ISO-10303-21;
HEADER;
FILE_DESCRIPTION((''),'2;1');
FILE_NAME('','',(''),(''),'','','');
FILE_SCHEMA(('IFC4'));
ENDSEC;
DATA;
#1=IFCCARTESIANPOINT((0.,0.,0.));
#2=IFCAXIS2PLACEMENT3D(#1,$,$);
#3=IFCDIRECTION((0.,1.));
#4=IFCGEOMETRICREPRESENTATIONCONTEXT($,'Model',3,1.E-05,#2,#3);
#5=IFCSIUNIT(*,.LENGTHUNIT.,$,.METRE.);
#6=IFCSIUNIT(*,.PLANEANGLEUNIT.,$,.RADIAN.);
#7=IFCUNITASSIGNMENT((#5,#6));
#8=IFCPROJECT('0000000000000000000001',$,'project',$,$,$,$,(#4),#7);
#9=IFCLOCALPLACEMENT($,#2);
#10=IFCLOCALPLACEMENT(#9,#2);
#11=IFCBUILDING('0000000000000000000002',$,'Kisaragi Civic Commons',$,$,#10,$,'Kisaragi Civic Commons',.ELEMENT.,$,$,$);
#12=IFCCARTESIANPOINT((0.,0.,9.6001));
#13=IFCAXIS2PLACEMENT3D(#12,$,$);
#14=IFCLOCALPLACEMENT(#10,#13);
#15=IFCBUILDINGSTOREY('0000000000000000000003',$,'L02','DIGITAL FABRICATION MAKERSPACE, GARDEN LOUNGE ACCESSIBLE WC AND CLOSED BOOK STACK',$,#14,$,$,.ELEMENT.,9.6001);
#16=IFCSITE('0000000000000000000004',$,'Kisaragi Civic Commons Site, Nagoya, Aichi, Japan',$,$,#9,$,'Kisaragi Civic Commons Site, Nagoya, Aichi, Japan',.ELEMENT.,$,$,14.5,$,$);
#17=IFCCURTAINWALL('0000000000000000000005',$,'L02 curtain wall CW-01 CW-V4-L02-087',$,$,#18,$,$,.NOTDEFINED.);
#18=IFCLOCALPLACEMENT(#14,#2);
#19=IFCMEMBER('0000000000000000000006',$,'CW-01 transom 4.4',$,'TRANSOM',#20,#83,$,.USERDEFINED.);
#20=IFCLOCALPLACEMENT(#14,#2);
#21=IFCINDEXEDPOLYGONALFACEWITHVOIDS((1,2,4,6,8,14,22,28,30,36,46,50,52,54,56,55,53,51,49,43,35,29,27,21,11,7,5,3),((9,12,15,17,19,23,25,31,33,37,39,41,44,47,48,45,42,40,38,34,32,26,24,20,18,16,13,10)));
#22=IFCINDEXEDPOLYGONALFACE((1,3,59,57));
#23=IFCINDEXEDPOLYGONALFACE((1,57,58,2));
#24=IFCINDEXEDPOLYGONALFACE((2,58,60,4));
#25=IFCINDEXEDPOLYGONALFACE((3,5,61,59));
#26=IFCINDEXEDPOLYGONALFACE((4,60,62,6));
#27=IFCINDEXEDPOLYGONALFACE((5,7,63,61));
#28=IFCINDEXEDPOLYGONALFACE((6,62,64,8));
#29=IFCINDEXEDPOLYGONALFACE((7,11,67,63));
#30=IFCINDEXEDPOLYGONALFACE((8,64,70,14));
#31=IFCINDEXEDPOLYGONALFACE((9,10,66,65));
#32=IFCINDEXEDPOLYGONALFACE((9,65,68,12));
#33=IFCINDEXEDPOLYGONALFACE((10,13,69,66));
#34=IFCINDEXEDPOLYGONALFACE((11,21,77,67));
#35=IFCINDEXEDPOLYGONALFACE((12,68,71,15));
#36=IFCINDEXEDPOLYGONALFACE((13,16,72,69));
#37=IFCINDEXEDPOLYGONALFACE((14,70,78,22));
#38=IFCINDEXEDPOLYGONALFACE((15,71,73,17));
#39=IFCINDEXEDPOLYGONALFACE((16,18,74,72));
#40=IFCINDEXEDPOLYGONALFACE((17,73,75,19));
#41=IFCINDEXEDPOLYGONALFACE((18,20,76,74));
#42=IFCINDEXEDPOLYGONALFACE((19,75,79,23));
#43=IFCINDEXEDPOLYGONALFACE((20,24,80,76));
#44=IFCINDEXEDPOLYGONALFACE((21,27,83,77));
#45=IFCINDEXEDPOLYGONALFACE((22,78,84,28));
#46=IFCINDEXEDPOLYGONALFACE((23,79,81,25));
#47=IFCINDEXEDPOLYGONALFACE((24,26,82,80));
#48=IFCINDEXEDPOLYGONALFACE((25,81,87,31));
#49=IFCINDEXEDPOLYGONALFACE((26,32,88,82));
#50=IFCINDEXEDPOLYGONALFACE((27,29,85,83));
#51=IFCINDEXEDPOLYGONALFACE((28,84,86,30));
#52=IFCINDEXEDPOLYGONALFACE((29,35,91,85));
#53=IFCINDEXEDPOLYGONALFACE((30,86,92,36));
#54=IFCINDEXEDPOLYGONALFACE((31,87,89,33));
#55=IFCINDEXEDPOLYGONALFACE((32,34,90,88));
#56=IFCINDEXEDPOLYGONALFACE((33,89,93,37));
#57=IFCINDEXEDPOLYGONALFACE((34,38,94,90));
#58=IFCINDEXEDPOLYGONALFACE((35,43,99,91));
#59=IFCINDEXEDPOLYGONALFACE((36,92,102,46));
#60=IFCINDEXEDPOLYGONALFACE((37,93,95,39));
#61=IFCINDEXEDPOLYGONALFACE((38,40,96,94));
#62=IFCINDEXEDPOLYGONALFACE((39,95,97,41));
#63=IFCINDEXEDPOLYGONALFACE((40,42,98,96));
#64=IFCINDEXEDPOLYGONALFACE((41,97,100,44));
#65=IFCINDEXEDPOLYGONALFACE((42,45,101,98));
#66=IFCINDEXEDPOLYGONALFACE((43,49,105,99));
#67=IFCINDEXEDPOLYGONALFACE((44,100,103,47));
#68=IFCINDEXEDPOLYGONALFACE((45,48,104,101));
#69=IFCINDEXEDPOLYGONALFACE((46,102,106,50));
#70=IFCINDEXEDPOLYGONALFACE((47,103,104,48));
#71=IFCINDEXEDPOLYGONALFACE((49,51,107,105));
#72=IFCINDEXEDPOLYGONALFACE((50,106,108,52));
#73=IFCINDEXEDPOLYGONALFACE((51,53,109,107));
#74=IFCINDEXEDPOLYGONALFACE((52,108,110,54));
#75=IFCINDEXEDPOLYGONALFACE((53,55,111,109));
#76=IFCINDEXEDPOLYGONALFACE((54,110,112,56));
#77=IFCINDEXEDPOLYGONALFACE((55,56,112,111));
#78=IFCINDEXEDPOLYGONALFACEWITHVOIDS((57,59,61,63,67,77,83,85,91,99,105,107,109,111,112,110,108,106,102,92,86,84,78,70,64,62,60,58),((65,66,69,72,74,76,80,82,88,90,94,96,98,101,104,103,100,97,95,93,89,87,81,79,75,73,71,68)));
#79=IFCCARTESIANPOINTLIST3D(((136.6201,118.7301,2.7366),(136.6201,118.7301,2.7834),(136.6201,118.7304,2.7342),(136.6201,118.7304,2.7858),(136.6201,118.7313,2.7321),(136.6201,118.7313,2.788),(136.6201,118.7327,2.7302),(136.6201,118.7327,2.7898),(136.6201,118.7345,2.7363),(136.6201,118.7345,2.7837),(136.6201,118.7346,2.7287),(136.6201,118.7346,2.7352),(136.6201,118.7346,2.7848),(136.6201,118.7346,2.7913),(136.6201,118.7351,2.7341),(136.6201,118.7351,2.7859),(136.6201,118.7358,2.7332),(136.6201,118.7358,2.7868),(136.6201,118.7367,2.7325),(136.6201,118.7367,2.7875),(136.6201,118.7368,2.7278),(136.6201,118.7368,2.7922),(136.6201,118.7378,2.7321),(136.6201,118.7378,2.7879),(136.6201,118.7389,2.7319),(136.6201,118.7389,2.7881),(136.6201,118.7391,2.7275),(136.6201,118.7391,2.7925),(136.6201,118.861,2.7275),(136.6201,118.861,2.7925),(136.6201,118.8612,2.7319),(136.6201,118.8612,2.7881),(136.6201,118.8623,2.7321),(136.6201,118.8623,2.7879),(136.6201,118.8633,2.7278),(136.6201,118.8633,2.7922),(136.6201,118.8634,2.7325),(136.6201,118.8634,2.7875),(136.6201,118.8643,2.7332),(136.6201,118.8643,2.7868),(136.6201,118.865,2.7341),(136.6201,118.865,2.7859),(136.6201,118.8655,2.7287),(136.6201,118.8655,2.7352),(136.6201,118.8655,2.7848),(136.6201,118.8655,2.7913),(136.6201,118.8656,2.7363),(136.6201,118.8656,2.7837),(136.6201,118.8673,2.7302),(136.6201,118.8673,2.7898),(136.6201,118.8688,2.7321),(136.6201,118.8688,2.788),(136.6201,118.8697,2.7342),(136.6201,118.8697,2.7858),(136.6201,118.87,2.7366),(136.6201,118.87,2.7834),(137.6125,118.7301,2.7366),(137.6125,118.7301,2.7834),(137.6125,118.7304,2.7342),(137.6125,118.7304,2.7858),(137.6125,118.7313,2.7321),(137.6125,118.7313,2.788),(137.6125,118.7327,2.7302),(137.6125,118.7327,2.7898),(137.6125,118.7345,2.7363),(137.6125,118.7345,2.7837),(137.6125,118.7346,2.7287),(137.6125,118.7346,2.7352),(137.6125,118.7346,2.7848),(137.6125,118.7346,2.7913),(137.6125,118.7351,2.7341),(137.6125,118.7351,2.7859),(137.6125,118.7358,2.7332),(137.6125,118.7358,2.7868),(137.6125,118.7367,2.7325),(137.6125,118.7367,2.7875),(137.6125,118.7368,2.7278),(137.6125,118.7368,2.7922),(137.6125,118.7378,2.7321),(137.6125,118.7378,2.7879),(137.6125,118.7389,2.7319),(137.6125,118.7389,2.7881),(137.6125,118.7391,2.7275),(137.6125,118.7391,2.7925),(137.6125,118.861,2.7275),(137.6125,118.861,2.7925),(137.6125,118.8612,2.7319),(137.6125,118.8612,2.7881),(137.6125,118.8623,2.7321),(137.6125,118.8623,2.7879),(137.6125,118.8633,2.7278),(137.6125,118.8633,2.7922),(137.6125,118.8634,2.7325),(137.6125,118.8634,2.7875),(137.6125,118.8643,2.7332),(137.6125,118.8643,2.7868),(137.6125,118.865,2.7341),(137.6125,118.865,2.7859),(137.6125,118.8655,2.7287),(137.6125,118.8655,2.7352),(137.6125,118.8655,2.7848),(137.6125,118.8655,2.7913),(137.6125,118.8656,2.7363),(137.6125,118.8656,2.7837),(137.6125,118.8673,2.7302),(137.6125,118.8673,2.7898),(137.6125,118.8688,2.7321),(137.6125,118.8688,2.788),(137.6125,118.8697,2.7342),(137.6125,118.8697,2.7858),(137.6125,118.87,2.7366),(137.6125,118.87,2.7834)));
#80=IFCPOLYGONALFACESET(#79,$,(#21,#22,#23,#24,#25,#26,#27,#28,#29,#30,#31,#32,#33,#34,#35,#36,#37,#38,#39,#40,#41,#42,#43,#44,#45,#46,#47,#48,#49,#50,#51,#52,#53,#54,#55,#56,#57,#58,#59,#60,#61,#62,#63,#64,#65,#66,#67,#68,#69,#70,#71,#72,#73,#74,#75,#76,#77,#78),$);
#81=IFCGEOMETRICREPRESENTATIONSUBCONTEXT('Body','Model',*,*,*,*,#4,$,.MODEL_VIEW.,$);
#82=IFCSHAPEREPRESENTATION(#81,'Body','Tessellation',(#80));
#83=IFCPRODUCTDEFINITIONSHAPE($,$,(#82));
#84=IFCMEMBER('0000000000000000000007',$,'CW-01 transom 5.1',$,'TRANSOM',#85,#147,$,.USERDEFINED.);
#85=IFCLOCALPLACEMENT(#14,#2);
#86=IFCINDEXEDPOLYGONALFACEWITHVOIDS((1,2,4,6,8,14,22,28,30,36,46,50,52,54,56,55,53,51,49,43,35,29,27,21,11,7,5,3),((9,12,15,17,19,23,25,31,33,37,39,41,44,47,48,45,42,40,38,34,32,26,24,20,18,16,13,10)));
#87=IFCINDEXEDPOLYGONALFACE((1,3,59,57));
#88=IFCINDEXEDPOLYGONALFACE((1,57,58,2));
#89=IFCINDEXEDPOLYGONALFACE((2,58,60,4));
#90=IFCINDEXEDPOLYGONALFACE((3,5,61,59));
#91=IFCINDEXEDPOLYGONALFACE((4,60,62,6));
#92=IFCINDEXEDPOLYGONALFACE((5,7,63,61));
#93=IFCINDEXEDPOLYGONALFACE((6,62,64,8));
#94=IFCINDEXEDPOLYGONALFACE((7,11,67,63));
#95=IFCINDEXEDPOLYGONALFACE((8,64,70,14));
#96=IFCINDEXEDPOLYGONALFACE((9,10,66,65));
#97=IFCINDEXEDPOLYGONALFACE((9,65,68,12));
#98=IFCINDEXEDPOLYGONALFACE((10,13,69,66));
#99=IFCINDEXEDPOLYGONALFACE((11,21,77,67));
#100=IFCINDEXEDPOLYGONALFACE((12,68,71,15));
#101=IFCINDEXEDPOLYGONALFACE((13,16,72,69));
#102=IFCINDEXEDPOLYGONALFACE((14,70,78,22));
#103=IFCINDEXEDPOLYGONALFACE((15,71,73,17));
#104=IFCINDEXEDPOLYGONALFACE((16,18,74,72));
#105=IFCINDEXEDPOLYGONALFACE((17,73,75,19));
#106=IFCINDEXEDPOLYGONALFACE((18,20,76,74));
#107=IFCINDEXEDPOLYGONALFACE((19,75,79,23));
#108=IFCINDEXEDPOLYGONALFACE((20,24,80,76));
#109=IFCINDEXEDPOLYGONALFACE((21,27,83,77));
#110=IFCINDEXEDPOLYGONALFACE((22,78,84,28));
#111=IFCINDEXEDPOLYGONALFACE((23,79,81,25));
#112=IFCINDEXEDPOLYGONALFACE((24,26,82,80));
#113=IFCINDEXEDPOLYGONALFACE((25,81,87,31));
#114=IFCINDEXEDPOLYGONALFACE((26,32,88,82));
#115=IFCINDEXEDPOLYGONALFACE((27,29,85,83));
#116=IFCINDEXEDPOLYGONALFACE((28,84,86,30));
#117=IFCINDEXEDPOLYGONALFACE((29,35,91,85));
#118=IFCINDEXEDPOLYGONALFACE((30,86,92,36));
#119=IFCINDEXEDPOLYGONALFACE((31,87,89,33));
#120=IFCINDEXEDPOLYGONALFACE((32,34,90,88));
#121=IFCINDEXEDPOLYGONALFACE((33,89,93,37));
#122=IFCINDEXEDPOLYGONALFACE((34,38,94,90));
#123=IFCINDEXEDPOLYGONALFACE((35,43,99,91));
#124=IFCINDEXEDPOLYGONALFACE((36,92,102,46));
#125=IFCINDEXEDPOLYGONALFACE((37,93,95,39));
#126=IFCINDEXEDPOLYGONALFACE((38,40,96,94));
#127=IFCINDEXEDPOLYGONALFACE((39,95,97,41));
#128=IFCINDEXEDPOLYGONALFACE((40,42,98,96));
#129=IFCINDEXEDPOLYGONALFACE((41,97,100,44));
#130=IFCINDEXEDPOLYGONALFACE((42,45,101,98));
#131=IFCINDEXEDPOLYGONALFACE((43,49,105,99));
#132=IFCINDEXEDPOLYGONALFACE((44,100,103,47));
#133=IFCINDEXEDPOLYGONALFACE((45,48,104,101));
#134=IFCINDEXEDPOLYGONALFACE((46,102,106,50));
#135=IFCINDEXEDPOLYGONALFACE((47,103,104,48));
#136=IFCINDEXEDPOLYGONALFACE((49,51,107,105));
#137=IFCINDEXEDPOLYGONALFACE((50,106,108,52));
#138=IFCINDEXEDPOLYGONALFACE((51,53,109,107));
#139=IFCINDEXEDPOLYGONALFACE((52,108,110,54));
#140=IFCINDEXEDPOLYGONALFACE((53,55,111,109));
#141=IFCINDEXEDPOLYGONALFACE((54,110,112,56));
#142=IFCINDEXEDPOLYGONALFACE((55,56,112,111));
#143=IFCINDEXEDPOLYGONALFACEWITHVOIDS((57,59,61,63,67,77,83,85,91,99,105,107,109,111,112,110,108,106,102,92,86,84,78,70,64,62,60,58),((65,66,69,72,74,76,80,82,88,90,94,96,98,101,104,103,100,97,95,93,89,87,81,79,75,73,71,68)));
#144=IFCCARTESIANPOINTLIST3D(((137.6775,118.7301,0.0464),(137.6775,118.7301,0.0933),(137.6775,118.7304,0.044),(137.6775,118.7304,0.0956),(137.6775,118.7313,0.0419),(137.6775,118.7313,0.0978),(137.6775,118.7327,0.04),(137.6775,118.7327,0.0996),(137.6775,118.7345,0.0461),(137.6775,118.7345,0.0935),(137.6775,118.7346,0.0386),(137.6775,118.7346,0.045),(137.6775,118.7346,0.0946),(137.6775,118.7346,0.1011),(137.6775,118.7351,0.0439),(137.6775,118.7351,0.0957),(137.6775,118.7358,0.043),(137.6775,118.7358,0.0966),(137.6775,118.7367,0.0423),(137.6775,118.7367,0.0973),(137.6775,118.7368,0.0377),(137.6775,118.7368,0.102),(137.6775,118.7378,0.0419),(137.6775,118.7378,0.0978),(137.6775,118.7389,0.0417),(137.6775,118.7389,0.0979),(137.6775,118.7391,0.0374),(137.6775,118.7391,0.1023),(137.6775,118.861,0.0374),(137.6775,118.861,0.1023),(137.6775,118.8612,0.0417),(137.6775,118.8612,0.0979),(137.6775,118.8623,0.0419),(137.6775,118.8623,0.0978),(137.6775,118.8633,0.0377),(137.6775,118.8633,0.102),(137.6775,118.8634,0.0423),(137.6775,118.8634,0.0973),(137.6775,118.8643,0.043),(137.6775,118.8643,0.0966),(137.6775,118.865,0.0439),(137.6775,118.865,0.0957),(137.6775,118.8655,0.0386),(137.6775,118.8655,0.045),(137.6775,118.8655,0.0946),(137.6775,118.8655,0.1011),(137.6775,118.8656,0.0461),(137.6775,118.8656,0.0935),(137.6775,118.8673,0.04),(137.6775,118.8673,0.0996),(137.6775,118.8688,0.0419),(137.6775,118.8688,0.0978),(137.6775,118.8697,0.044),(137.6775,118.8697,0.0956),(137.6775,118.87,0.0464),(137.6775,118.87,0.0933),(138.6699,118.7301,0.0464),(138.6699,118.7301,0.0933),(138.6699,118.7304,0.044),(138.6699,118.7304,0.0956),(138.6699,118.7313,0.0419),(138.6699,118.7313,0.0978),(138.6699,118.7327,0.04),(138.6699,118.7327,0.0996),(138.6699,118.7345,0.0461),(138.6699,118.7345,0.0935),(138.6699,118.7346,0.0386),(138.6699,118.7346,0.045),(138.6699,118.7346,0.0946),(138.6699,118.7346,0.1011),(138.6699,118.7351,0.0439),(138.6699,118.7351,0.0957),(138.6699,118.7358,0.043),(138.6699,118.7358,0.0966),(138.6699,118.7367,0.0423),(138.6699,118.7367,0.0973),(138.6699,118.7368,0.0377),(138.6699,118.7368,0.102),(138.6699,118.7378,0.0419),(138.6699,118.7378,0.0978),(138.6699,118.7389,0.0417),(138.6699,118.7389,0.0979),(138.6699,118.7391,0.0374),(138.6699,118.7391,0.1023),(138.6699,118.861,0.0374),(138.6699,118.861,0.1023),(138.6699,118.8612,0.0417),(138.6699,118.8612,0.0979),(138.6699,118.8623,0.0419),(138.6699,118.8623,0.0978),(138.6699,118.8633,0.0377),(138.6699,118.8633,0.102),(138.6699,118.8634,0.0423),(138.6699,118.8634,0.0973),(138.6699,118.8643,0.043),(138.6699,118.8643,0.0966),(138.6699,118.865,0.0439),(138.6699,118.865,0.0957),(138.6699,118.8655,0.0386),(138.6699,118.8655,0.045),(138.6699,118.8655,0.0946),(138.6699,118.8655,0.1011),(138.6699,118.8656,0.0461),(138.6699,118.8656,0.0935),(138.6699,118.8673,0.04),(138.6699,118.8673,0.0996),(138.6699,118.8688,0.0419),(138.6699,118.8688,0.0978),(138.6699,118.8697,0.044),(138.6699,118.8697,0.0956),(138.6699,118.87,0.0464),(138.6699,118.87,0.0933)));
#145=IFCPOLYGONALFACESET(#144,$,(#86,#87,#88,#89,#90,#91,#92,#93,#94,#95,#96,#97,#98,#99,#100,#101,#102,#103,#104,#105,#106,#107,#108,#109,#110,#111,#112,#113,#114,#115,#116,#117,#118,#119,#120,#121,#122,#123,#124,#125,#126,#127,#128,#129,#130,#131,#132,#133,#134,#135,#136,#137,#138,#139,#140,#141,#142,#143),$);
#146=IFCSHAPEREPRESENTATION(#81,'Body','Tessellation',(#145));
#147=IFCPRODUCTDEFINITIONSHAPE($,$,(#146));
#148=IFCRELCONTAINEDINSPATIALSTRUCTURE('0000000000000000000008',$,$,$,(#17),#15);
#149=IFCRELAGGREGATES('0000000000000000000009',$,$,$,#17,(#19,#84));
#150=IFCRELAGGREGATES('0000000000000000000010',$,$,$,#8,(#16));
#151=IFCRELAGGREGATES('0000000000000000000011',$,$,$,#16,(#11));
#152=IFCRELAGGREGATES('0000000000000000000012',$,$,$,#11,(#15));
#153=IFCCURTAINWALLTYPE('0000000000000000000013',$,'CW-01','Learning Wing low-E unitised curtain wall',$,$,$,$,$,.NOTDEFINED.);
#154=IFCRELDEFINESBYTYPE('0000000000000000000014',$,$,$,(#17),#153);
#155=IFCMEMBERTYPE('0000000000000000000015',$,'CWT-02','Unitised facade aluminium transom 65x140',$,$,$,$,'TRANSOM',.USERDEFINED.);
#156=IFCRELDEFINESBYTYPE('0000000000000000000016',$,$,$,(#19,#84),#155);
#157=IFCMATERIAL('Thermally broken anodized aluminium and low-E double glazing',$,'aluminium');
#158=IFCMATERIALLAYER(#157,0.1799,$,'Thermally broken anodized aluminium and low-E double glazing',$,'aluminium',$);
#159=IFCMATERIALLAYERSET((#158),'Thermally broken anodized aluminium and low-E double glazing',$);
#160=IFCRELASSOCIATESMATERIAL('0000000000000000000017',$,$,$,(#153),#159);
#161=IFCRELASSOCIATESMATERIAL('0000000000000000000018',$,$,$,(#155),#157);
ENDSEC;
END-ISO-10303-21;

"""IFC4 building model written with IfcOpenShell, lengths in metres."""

from ifc_helpers import new_model, si_unit, direction, frame, origin, origin_2d, place, context, subcontext, project, spatial, hollow_rectangle, extrude, material, layer, layer_set, material_profile, profile_set, type_object, element, aggregate, save


model = new_model("IFC4")

# Units and contexts
model_context = context("Model", 3, precision=1e-05, world=origin(), true_north=direction((0.0, 1.0)))
body_context = subcontext(model_context, "Body", "Model", "MODEL_VIEW")
ifc_project = project(units=[si_unit("LENGTHUNIT", "METRE"), si_unit("PLANEANGLEUNIT", "RADIAN")], contexts=[model_context])

# Site, building, storey
site_placement = place(None, origin())
site = spatial("IfcSite", under=ifc_project, at=site_placement, Name="Kisaragi Civic Commons Site, Nagoya, Aichi, Japan", LongName="Kisaragi Civic Commons Site, Nagoya, Aichi, Japan", CompositionType="ELEMENT", RefElevation=14.5)
building_placement = place(site_placement, origin())
building = spatial("IfcBuilding", under=site, at=building_placement, Name="Kisaragi Civic Commons", LongName="Kisaragi Civic Commons", CompositionType="ELEMENT")
storey_placement = place(building_placement, frame((0.0, 0.0, 9.6001)))
storey = spatial("IfcBuildingStorey", under=building, at=storey_placement, Name="L02", Description="DIGITAL FABRICATION MAKERSPACE, GARDEN LOUNGE ACCESSIBLE WC AND CLOSED BOOK STACK", CompositionType="ELEMENT", Elevation=9.6001)

# Curtain wall, members
ifc_material_1 = material(Name="Thermally broken anodized aluminium and low-E double glazing", Category="aluminium")
ifc_layer_1 = layer(ifc_material_1, 0.1799, Name="Thermally broken anodized aluminium and low-E double glazing", Category="aluminium")
ifc_layer_set_1 = layer_set([ifc_layer_1], Name="Thermally broken anodized aluminium and low-E double glazing")
curtain_wall_type = type_object("IfcCurtainWallType", Name="CW-01", Description="Learning Wing low-E unitised curtain wall", PredefinedType="NOTDEFINED", material=ifc_layer_set_1)
curtain_wall_placement = place(storey_placement, origin())
curtain_wall = element("IfcCurtainWall", 1, at=curtain_wall_placement, inside=storey, type_object=curtain_wall_type, Name="L02 curtain wall CW-01 CW-V4-L02-087", PredefinedType="NOTDEFINED")
ifc_material_profile_1 = material_profile(ifc_material_1, hollow_rectangle(XDim=0.1399, YDim=0.0649, WallThickness=0.0044, InnerFilletRadius=0.0044, OuterFilletRadius=0.009, at=origin_2d()), Name="CWT-65x140x4.5", Category="aluminium")
ifc_profile_set_1 = profile_set([ifc_material_profile_1], Name="Thermally broken anodized aluminium and low-E double glazing")
member_type_1 = type_object("IfcMemberType", Name="CWT-02", Description="Unitised facade aluminium transom 65x140", ElementType="TRANSOM", PredefinedType="USERDEFINED", material=ifc_profile_set_1)
member_1_placement = place(storey_placement, frame((136.6201, 118.8, 2.76), z_axis=(1.0, 0.0, 0.0), x_axis=(0.0, 1.0, 0.0)))
member_1 = element("IfcMember", 2, at=member_1_placement, type_object=member_type_1, Name="CW-01 transom 4.4", ObjectType="TRANSOM", PredefinedType="USERDEFINED", context=body_context, shape_type="SweptSolid", body=[
    extrude(hollow_rectangle(XDim=0.1399, YDim=0.0649, WallThickness=0.0044, InnerFilletRadius=0.0044, OuterFilletRadius=0.009, at=origin_2d()), origin(), (0.0, 0.0, 1.0), 0.9924),
])
member_2_placement = place(storey_placement, frame((137.6775, 118.8, 0.0698), z_axis=(1.0, 0.0, 0.0), x_axis=(0.0, 1.0, 0.0)))
member_2 = element("IfcMember", 3, at=member_2_placement, type_object=member_type_1, Name="CW-01 transom 5.1", ObjectType="TRANSOM", PredefinedType="USERDEFINED", context=body_context, shape_type="SweptSolid", body=[
    extrude(hollow_rectangle(XDim=0.1399, YDim=0.0649, WallThickness=0.0044, InnerFilletRadius=0.0044, OuterFilletRadius=0.009, at=origin_2d()), origin(), (0.0, 0.0, 1.0), 0.9924),
])
aggregate(curtain_wall, [member_1, member_2])

save(model, "model.ifc")
